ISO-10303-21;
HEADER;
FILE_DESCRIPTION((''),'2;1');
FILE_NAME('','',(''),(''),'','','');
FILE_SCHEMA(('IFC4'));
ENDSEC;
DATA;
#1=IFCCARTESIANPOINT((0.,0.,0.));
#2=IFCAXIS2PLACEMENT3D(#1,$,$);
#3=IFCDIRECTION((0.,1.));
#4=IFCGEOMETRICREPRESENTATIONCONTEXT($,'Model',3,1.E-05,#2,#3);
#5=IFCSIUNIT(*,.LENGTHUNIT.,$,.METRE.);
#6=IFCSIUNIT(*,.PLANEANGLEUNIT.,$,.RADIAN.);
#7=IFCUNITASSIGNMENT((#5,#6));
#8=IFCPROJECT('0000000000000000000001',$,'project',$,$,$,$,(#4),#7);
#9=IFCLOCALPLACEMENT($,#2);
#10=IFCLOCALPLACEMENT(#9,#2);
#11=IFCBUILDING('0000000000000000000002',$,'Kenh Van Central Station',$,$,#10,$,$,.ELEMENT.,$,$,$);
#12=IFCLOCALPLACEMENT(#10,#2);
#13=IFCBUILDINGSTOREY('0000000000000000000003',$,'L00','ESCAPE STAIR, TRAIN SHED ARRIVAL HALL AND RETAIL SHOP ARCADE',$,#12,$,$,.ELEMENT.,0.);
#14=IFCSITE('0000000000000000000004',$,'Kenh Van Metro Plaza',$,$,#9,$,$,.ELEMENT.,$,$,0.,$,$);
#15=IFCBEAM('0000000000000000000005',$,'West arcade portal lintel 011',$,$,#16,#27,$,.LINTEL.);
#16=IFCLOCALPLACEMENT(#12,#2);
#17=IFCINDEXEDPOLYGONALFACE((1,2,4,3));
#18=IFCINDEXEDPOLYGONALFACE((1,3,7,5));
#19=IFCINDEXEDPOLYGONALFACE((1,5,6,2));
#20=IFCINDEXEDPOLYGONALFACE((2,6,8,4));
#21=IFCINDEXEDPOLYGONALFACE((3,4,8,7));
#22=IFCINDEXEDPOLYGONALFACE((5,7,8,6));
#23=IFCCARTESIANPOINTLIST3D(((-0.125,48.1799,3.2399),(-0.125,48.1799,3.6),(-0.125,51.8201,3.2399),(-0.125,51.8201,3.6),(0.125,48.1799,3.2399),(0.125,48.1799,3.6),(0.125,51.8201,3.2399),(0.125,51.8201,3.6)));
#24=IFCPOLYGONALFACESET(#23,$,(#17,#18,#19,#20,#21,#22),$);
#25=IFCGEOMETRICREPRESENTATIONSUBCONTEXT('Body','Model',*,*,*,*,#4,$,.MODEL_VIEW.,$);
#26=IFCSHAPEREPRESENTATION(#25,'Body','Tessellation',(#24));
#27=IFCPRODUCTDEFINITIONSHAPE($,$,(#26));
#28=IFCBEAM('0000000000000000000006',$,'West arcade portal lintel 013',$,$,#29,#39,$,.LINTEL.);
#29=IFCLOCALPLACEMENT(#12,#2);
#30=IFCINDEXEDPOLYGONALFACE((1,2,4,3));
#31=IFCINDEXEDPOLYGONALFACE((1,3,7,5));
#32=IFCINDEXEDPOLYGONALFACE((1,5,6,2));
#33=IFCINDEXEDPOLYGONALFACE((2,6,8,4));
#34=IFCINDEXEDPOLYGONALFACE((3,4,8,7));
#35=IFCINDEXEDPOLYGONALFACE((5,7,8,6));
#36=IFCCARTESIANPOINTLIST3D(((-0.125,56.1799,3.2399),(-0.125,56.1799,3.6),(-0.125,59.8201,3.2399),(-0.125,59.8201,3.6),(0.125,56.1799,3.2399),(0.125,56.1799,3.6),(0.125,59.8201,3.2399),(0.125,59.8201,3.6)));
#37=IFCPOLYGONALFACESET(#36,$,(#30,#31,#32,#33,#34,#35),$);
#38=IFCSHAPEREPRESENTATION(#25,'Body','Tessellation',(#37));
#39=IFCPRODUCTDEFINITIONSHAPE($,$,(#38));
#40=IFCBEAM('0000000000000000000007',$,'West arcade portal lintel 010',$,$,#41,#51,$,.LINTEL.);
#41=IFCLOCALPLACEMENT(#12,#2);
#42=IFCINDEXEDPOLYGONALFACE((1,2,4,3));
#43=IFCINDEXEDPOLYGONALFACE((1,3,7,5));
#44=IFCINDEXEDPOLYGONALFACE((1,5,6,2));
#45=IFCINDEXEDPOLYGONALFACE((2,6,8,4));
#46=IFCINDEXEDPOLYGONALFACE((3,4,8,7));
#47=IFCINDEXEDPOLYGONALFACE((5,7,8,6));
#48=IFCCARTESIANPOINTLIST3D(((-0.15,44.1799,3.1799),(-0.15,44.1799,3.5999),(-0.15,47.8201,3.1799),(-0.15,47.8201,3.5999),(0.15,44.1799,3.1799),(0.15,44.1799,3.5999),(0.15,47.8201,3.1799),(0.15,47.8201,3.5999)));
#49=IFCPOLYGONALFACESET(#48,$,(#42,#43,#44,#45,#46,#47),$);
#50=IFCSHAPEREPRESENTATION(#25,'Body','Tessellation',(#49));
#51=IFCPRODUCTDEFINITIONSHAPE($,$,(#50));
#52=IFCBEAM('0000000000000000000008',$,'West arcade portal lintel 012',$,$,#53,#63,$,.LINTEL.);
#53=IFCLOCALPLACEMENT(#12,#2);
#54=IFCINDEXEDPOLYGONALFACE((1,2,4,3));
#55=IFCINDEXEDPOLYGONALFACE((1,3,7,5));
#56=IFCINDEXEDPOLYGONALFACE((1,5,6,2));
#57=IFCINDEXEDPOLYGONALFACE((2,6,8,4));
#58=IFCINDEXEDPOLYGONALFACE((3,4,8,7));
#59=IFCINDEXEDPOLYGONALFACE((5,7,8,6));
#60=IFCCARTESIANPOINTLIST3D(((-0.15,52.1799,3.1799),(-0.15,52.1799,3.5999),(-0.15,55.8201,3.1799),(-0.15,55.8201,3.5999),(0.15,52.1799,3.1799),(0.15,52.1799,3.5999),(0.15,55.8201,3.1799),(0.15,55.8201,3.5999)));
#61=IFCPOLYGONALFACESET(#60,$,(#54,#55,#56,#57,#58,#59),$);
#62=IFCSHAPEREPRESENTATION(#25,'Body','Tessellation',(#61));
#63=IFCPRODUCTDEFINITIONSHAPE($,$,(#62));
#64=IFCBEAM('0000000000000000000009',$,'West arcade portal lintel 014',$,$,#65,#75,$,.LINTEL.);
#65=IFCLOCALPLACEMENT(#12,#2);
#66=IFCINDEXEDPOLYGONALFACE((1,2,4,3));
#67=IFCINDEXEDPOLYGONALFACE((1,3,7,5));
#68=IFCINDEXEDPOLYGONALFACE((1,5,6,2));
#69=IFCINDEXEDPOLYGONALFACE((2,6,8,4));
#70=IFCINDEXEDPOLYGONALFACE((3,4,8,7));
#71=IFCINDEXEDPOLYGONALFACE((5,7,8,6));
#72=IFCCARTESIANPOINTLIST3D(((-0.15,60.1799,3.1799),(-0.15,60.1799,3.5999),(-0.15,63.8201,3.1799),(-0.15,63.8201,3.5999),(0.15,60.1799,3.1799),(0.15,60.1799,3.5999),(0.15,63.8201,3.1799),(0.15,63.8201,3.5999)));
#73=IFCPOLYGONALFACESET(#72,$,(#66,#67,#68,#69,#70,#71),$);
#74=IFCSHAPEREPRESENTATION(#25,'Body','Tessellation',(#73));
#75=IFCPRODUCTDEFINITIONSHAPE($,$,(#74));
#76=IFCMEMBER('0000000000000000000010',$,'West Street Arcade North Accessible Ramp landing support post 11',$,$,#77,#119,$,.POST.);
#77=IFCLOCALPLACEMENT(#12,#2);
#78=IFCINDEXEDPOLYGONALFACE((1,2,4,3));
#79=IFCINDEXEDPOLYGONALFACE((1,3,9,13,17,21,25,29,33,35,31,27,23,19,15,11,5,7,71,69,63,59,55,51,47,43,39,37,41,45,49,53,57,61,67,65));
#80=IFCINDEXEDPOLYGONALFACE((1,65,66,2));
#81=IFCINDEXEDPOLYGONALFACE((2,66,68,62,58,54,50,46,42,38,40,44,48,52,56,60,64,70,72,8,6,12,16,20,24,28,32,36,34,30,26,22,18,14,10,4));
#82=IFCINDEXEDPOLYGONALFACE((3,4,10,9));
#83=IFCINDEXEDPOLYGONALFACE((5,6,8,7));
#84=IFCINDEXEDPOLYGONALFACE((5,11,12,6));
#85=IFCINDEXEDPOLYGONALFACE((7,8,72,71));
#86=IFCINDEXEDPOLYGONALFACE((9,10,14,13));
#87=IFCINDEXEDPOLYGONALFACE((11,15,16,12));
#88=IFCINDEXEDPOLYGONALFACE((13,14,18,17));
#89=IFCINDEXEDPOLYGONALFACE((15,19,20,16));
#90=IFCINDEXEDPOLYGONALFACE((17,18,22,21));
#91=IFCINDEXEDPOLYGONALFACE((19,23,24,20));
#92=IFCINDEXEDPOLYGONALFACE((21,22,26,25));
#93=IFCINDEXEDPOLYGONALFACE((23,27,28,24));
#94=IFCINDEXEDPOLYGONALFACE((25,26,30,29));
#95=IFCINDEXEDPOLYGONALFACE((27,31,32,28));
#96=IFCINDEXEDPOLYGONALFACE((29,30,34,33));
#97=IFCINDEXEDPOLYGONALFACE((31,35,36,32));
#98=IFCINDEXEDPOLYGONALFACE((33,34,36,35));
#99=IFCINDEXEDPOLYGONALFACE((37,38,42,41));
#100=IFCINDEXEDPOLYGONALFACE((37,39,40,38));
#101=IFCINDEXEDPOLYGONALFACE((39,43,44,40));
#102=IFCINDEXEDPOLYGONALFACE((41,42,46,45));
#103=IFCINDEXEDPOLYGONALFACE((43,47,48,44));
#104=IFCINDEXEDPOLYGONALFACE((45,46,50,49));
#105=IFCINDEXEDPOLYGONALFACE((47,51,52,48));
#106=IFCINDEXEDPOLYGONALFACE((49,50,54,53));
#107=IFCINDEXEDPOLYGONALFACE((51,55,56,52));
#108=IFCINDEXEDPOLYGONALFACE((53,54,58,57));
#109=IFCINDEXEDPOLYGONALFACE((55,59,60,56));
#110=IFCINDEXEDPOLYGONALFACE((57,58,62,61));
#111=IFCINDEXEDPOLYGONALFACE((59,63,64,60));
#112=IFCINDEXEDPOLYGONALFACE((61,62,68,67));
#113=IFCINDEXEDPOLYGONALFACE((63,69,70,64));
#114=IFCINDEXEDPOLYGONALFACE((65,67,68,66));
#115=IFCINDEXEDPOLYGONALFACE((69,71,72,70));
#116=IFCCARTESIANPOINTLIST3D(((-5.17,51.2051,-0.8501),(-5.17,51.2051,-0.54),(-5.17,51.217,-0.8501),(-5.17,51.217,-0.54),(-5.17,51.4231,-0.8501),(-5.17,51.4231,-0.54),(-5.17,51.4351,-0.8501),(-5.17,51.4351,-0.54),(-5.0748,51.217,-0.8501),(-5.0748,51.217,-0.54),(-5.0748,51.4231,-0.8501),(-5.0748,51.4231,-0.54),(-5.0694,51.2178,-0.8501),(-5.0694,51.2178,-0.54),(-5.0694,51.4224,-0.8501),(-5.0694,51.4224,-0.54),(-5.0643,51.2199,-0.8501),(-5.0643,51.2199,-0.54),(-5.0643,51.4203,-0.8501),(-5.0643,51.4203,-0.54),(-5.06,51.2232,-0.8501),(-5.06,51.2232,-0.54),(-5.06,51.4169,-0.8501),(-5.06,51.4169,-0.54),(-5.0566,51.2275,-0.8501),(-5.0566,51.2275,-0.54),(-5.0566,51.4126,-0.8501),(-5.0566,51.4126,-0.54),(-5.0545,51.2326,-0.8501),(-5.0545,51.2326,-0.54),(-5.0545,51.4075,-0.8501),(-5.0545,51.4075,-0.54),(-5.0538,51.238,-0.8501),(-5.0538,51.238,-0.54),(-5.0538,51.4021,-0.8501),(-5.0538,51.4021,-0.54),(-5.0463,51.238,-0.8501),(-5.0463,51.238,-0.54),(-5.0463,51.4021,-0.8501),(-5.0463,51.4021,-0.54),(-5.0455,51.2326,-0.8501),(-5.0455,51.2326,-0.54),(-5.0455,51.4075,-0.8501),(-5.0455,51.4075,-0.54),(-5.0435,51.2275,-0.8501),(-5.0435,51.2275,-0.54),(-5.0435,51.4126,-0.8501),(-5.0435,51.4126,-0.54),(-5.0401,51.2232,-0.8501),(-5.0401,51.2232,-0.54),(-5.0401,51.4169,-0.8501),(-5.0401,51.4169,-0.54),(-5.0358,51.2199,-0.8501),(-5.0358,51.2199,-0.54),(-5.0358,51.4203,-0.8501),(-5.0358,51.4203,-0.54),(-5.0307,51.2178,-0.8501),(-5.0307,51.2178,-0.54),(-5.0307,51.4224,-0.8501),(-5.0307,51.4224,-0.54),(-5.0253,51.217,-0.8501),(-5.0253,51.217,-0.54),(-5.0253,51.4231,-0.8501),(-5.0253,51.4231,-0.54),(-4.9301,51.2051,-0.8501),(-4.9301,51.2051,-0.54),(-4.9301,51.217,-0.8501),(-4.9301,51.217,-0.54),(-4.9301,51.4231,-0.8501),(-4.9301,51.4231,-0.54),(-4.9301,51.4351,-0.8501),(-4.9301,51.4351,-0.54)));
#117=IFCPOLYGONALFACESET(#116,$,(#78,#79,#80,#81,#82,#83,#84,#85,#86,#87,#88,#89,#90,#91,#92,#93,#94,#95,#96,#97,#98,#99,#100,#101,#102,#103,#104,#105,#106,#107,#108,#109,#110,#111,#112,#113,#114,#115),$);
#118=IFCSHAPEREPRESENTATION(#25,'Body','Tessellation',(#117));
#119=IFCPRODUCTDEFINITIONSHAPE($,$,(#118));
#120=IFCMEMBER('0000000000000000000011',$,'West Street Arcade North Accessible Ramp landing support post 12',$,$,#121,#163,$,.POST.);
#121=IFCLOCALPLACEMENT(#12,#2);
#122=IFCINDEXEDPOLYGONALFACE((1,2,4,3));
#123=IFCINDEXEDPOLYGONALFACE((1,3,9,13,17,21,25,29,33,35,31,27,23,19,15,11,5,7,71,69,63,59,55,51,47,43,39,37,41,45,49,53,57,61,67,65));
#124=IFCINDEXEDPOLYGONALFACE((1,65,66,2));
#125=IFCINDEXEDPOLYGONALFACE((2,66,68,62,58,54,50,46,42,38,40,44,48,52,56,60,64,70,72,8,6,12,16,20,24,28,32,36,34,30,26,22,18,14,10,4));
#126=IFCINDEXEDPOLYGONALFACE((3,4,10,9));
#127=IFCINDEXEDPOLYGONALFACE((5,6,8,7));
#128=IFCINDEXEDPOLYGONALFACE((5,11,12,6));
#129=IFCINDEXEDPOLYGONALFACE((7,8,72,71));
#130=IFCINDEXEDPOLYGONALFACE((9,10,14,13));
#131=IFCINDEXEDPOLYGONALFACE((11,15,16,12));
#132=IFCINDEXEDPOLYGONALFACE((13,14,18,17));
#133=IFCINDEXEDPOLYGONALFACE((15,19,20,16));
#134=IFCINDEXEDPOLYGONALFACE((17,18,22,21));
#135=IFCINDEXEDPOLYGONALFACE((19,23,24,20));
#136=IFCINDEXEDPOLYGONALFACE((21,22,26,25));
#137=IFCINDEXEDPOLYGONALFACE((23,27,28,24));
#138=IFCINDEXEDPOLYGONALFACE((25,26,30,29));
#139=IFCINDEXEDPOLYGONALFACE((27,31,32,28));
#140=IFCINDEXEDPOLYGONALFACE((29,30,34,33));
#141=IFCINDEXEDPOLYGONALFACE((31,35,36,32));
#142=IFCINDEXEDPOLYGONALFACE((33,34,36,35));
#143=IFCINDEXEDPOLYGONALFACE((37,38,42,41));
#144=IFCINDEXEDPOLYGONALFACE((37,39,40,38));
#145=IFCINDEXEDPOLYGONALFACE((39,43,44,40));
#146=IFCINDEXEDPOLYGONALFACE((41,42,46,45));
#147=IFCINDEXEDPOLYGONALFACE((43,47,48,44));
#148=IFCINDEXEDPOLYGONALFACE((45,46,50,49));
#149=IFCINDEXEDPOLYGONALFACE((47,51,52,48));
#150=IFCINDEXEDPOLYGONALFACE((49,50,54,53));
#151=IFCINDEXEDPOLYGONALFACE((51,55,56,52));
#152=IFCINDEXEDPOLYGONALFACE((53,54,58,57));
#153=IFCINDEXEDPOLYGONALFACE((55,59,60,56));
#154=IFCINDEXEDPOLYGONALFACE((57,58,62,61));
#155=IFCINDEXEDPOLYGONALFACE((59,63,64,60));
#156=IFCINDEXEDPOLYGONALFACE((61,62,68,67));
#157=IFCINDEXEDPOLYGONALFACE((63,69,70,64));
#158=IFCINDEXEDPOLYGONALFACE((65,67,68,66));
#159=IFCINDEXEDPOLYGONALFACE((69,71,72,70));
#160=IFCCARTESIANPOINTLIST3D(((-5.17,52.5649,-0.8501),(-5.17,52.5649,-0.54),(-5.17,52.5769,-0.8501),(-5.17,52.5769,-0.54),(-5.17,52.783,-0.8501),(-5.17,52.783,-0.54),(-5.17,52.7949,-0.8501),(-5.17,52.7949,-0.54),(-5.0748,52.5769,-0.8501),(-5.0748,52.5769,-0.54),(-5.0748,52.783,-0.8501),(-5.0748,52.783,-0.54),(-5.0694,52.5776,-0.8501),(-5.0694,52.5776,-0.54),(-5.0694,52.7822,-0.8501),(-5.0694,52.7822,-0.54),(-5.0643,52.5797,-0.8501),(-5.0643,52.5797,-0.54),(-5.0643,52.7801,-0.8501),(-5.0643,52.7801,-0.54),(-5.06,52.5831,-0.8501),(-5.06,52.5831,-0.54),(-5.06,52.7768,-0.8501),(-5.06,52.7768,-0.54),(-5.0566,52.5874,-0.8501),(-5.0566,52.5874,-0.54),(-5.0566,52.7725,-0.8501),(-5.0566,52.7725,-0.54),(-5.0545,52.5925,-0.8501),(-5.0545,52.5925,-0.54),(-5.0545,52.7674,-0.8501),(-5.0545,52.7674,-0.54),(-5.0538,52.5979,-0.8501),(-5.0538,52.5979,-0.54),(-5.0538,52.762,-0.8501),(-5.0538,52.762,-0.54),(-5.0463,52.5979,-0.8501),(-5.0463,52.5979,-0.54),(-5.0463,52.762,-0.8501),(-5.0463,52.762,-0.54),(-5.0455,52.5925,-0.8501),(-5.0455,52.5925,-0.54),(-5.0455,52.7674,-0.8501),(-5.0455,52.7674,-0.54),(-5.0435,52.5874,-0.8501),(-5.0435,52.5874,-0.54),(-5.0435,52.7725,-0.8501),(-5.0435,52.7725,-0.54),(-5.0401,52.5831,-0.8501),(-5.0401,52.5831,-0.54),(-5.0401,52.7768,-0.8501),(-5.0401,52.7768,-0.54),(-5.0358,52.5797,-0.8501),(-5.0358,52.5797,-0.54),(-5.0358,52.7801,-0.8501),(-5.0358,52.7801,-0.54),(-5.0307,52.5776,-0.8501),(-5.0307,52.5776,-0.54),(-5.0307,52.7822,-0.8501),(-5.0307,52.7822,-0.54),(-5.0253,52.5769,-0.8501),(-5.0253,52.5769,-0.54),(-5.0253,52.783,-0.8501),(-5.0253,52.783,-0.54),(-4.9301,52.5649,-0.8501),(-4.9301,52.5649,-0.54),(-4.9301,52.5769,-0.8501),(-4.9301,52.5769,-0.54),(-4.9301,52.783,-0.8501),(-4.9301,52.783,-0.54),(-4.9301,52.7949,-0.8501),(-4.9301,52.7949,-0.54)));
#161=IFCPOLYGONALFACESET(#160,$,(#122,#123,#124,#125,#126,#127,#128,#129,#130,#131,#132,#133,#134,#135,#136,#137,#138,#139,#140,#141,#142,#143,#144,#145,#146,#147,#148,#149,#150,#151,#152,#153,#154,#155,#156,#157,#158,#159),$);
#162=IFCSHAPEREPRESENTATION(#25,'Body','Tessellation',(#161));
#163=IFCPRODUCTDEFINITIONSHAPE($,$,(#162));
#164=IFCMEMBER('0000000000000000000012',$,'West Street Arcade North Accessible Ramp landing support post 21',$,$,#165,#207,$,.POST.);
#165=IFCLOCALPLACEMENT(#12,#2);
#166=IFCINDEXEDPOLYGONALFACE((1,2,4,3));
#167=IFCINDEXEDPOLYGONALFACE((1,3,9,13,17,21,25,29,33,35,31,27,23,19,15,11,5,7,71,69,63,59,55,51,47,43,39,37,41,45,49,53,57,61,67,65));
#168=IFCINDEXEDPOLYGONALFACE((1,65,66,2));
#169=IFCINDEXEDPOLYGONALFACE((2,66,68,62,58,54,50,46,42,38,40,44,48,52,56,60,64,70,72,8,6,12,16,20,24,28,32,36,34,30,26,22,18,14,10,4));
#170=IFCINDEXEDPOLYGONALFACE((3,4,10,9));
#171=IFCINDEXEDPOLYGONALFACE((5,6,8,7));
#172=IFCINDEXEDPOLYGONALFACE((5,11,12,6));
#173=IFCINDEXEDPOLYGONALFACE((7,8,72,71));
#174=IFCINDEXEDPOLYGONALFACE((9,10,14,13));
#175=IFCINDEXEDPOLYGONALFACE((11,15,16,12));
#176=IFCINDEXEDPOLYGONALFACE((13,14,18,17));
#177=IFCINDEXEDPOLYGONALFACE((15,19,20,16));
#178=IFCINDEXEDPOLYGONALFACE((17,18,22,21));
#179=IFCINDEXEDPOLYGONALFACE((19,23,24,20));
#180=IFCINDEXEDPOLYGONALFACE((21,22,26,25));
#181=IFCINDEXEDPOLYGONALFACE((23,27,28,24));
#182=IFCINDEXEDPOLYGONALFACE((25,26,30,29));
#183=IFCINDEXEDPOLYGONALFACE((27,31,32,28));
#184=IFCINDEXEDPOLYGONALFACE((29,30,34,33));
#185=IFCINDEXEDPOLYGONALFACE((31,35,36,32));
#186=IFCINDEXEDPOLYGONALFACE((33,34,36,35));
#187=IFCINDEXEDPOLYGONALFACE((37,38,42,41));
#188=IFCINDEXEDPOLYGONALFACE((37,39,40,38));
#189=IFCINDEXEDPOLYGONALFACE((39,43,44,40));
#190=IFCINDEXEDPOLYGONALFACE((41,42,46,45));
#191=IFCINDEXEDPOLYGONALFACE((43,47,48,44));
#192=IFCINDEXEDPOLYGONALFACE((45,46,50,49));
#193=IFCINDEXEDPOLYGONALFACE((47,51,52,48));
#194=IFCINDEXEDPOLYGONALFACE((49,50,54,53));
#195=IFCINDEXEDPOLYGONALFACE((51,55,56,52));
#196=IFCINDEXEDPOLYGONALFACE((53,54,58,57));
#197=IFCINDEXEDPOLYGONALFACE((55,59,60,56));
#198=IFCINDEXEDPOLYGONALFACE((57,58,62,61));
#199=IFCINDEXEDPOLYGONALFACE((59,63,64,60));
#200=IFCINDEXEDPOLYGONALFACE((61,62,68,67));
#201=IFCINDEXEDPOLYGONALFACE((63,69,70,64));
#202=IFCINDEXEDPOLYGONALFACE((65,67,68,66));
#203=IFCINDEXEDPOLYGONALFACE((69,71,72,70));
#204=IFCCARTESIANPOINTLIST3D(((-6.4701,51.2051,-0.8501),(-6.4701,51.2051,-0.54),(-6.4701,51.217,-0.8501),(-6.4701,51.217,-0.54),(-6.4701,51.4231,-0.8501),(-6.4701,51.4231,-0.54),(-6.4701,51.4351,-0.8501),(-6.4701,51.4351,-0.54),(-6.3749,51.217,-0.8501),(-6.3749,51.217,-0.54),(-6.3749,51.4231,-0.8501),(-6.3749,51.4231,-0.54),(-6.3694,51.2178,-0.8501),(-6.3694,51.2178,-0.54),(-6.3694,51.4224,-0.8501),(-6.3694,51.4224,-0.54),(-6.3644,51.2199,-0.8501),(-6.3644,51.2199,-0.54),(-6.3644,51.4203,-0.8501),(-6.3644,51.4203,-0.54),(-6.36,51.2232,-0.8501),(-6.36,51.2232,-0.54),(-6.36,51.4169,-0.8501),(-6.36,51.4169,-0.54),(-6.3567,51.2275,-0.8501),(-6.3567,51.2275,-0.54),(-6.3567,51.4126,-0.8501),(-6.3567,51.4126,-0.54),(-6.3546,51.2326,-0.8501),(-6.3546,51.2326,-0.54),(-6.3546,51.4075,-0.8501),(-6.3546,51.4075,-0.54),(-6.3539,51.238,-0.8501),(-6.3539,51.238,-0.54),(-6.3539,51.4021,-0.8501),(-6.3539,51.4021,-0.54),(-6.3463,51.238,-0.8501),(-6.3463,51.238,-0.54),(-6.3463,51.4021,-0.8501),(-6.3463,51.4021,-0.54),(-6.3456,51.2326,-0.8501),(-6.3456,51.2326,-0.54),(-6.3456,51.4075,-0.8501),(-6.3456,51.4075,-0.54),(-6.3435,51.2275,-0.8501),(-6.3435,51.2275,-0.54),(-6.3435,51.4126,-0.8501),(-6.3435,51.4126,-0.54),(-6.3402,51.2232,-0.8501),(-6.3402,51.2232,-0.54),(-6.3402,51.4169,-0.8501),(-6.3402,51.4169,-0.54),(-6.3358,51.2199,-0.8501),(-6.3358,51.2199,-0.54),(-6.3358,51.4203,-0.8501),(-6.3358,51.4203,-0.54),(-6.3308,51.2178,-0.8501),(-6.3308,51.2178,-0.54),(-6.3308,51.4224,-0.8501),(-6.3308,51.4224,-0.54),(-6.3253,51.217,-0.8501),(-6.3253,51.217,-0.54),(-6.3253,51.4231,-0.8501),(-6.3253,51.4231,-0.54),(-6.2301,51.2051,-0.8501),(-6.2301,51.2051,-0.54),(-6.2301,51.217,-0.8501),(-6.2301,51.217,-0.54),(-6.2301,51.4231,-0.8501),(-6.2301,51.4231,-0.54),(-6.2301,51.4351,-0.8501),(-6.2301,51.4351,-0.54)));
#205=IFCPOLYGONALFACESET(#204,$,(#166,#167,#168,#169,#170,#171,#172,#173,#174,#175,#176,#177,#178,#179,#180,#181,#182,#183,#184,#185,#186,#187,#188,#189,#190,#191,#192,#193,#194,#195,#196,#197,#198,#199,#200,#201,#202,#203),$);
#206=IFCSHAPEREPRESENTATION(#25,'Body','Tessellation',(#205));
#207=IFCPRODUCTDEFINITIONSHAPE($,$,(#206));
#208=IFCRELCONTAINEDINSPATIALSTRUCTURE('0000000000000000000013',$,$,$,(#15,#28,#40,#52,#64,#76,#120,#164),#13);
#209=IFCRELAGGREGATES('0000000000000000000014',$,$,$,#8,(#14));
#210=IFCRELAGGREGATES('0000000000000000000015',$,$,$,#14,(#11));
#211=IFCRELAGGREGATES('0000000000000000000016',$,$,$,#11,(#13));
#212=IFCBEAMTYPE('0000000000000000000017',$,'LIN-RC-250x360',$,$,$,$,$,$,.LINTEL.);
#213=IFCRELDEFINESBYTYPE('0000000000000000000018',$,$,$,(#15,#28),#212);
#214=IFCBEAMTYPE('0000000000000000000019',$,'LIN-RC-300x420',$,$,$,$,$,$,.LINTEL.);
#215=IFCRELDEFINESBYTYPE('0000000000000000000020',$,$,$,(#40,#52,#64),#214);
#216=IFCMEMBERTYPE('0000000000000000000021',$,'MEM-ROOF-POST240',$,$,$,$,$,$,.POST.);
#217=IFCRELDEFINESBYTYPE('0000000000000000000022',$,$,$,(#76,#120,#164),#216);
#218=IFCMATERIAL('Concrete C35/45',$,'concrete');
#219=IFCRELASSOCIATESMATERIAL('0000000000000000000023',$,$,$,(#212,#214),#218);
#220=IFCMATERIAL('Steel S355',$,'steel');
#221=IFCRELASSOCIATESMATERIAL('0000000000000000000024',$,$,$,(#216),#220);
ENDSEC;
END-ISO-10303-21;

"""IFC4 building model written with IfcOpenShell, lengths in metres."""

from ifc_helpers import new_model, si_unit, direction, frame, origin, origin_2d, place, context, subcontext, project, spatial, rectangle, i_section, extrude, material, material_profile, profile_set, type_object, element, save


model = new_model("IFC4")

# Units and contexts
model_context = context("Model", 3, precision=1e-05, world=origin(), true_north=direction((0.0, 1.0)))
body_context = subcontext(model_context, "Body", "Model", "MODEL_VIEW")
ifc_project = project(units=[si_unit("LENGTHUNIT", "METRE"), si_unit("PLANEANGLEUNIT", "RADIAN")], contexts=[model_context])

# Site, building, storey
site_placement = place(None, origin())
site = spatial("IfcSite", under=ifc_project, at=site_placement, Name="Kenh Van Metro Plaza", CompositionType="ELEMENT", RefElevation=0.0)
building_placement = place(site_placement, origin())
building = spatial("IfcBuilding", under=site, at=building_placement, Name="Kenh Van Central Station", CompositionType="ELEMENT")
storey_placement = place(building_placement, origin())
storey = spatial("IfcBuildingStorey", under=building, at=storey_placement, Name="L00", Description="ESCAPE STAIR, TRAIN SHED ARRIVAL HALL AND RETAIL SHOP ARCADE", CompositionType="ELEMENT", Elevation=0.0)

# Shared definitions
ifc_material_1 = material(Name="Concrete C35/45", Category="concrete")

# Beams
ifc_material_profile_1 = material_profile(ifc_material_1, rectangle(XDim=0.25, YDim=0.3601, at=origin_2d()), Name="RC 250x360")
ifc_profile_set_1 = profile_set([ifc_material_profile_1], Name="Concrete C35/45")
beam_type_1 = type_object("IfcBeamType", Name="LIN-RC-250x360", PredefinedType="LINTEL", material=ifc_profile_set_1)
for number, where, z_axis, x_axis, name in (
    (1, (0.0, 48.1799, 3.4199), (0.0, 1.0, 0.0), (-1.0, 0.0, 0.0), "West arcade portal lintel 011"),
    (2, (0.0, 56.1799, 3.4199), (0.0, 1.0, 0.0), (-1.0, 0.0, 0.0), "West arcade portal lintel 013"),
):
    element("IfcBeam", number, at=place(storey_placement, frame(where, z_axis=z_axis, x_axis=x_axis)), inside=storey, type_object=beam_type_1, Name=name, PredefinedType="LINTEL", context=body_context, shape_type="SweptSolid", body=[
        extrude(rectangle(XDim=0.25, YDim=0.3601, at=origin_2d()), origin(), (0.0, 0.0, 1.0), 3.6401),
    ])
ifc_material_profile_2 = material_profile(ifc_material_1, rectangle(XDim=0.3, YDim=0.4199, at=origin_2d()), Name="RC 300x420")
ifc_profile_set_2 = profile_set([ifc_material_profile_2], Name="Concrete C35/45")
beam_type_2 = type_object("IfcBeamType", Name="LIN-RC-300x420", PredefinedType="LINTEL", material=ifc_profile_set_2)
for number, where, z_axis, x_axis, name in (
    (3, (0.0, 44.1799, 3.3899), (0.0, 1.0, 0.0), (-1.0, 0.0, 0.0), "West arcade portal lintel 010"),
    (4, (0.0, 52.1799, 3.3899), (0.0, 1.0, 0.0), (-1.0, 0.0, 0.0), "West arcade portal lintel 012"),
    (5, (0.0, 60.1799, 3.3899), (0.0, 1.0, 0.0), (-1.0, 0.0, 0.0), "West arcade portal lintel 014"),
):
    element("IfcBeam", number, at=place(storey_placement, frame(where, z_axis=z_axis, x_axis=x_axis)), inside=storey, type_object=beam_type_2, Name=name, PredefinedType="LINTEL", context=body_context, shape_type="SweptSolid", body=[
        extrude(rectangle(XDim=0.3, YDim=0.4199, at=origin_2d()), origin(), (0.0, 0.0, 1.0), 3.6401),
    ])

# Members
ifc_material_2 = material(Name="Steel S355", Category="steel")
ifc_material_profile_3 = material_profile(ifc_material_2, i_section(OverallWidth=0.24, OverallDepth=0.23, WebThickness=0.0076, FlangeThickness=0.012, FilletRadius=0.021, at=origin_2d()), Name="HEA 240")
ifc_profile_set_3 = profile_set([ifc_material_profile_3], Name="Steel S355")
member_type = type_object("IfcMemberType", Name="MEM-ROOF-POST240", PredefinedType="POST", material=ifc_profile_set_3)
for number, where, z_axis, x_axis, name in (
    (6, (-5.05, 51.3201, -0.8501), (0.0, 0.0, 1.0), (1.0, 0.0, 0.0), "West Street Arcade North Accessible Ramp landing support post 11"),
    (7, (-5.05, 52.6799, -0.8501), (0.0, 0.0, 1.0), (1.0, 0.0, 0.0), "West Street Arcade North Accessible Ramp landing support post 12"),
    (8, (-6.3501, 51.3201, -0.8501), (0.0, 0.0, 1.0), (1.0, 0.0, 0.0), "West Street Arcade North Accessible Ramp landing support post 21"),
):
    element("IfcMember", number, at=place(storey_placement, frame(where, z_axis=z_axis, x_axis=x_axis)), inside=storey, type_object=member_type, Name=name, PredefinedType="POST", context=body_context, shape_type="SweptSolid", body=[
        extrude(i_section(OverallWidth=0.24, OverallDepth=0.23, WebThickness=0.0076, FlangeThickness=0.012, FilletRadius=0.021, at=origin_2d()), origin(), (0.0, 0.0, 1.0), 0.3101),
    ])

save(model, "model.ifc")
